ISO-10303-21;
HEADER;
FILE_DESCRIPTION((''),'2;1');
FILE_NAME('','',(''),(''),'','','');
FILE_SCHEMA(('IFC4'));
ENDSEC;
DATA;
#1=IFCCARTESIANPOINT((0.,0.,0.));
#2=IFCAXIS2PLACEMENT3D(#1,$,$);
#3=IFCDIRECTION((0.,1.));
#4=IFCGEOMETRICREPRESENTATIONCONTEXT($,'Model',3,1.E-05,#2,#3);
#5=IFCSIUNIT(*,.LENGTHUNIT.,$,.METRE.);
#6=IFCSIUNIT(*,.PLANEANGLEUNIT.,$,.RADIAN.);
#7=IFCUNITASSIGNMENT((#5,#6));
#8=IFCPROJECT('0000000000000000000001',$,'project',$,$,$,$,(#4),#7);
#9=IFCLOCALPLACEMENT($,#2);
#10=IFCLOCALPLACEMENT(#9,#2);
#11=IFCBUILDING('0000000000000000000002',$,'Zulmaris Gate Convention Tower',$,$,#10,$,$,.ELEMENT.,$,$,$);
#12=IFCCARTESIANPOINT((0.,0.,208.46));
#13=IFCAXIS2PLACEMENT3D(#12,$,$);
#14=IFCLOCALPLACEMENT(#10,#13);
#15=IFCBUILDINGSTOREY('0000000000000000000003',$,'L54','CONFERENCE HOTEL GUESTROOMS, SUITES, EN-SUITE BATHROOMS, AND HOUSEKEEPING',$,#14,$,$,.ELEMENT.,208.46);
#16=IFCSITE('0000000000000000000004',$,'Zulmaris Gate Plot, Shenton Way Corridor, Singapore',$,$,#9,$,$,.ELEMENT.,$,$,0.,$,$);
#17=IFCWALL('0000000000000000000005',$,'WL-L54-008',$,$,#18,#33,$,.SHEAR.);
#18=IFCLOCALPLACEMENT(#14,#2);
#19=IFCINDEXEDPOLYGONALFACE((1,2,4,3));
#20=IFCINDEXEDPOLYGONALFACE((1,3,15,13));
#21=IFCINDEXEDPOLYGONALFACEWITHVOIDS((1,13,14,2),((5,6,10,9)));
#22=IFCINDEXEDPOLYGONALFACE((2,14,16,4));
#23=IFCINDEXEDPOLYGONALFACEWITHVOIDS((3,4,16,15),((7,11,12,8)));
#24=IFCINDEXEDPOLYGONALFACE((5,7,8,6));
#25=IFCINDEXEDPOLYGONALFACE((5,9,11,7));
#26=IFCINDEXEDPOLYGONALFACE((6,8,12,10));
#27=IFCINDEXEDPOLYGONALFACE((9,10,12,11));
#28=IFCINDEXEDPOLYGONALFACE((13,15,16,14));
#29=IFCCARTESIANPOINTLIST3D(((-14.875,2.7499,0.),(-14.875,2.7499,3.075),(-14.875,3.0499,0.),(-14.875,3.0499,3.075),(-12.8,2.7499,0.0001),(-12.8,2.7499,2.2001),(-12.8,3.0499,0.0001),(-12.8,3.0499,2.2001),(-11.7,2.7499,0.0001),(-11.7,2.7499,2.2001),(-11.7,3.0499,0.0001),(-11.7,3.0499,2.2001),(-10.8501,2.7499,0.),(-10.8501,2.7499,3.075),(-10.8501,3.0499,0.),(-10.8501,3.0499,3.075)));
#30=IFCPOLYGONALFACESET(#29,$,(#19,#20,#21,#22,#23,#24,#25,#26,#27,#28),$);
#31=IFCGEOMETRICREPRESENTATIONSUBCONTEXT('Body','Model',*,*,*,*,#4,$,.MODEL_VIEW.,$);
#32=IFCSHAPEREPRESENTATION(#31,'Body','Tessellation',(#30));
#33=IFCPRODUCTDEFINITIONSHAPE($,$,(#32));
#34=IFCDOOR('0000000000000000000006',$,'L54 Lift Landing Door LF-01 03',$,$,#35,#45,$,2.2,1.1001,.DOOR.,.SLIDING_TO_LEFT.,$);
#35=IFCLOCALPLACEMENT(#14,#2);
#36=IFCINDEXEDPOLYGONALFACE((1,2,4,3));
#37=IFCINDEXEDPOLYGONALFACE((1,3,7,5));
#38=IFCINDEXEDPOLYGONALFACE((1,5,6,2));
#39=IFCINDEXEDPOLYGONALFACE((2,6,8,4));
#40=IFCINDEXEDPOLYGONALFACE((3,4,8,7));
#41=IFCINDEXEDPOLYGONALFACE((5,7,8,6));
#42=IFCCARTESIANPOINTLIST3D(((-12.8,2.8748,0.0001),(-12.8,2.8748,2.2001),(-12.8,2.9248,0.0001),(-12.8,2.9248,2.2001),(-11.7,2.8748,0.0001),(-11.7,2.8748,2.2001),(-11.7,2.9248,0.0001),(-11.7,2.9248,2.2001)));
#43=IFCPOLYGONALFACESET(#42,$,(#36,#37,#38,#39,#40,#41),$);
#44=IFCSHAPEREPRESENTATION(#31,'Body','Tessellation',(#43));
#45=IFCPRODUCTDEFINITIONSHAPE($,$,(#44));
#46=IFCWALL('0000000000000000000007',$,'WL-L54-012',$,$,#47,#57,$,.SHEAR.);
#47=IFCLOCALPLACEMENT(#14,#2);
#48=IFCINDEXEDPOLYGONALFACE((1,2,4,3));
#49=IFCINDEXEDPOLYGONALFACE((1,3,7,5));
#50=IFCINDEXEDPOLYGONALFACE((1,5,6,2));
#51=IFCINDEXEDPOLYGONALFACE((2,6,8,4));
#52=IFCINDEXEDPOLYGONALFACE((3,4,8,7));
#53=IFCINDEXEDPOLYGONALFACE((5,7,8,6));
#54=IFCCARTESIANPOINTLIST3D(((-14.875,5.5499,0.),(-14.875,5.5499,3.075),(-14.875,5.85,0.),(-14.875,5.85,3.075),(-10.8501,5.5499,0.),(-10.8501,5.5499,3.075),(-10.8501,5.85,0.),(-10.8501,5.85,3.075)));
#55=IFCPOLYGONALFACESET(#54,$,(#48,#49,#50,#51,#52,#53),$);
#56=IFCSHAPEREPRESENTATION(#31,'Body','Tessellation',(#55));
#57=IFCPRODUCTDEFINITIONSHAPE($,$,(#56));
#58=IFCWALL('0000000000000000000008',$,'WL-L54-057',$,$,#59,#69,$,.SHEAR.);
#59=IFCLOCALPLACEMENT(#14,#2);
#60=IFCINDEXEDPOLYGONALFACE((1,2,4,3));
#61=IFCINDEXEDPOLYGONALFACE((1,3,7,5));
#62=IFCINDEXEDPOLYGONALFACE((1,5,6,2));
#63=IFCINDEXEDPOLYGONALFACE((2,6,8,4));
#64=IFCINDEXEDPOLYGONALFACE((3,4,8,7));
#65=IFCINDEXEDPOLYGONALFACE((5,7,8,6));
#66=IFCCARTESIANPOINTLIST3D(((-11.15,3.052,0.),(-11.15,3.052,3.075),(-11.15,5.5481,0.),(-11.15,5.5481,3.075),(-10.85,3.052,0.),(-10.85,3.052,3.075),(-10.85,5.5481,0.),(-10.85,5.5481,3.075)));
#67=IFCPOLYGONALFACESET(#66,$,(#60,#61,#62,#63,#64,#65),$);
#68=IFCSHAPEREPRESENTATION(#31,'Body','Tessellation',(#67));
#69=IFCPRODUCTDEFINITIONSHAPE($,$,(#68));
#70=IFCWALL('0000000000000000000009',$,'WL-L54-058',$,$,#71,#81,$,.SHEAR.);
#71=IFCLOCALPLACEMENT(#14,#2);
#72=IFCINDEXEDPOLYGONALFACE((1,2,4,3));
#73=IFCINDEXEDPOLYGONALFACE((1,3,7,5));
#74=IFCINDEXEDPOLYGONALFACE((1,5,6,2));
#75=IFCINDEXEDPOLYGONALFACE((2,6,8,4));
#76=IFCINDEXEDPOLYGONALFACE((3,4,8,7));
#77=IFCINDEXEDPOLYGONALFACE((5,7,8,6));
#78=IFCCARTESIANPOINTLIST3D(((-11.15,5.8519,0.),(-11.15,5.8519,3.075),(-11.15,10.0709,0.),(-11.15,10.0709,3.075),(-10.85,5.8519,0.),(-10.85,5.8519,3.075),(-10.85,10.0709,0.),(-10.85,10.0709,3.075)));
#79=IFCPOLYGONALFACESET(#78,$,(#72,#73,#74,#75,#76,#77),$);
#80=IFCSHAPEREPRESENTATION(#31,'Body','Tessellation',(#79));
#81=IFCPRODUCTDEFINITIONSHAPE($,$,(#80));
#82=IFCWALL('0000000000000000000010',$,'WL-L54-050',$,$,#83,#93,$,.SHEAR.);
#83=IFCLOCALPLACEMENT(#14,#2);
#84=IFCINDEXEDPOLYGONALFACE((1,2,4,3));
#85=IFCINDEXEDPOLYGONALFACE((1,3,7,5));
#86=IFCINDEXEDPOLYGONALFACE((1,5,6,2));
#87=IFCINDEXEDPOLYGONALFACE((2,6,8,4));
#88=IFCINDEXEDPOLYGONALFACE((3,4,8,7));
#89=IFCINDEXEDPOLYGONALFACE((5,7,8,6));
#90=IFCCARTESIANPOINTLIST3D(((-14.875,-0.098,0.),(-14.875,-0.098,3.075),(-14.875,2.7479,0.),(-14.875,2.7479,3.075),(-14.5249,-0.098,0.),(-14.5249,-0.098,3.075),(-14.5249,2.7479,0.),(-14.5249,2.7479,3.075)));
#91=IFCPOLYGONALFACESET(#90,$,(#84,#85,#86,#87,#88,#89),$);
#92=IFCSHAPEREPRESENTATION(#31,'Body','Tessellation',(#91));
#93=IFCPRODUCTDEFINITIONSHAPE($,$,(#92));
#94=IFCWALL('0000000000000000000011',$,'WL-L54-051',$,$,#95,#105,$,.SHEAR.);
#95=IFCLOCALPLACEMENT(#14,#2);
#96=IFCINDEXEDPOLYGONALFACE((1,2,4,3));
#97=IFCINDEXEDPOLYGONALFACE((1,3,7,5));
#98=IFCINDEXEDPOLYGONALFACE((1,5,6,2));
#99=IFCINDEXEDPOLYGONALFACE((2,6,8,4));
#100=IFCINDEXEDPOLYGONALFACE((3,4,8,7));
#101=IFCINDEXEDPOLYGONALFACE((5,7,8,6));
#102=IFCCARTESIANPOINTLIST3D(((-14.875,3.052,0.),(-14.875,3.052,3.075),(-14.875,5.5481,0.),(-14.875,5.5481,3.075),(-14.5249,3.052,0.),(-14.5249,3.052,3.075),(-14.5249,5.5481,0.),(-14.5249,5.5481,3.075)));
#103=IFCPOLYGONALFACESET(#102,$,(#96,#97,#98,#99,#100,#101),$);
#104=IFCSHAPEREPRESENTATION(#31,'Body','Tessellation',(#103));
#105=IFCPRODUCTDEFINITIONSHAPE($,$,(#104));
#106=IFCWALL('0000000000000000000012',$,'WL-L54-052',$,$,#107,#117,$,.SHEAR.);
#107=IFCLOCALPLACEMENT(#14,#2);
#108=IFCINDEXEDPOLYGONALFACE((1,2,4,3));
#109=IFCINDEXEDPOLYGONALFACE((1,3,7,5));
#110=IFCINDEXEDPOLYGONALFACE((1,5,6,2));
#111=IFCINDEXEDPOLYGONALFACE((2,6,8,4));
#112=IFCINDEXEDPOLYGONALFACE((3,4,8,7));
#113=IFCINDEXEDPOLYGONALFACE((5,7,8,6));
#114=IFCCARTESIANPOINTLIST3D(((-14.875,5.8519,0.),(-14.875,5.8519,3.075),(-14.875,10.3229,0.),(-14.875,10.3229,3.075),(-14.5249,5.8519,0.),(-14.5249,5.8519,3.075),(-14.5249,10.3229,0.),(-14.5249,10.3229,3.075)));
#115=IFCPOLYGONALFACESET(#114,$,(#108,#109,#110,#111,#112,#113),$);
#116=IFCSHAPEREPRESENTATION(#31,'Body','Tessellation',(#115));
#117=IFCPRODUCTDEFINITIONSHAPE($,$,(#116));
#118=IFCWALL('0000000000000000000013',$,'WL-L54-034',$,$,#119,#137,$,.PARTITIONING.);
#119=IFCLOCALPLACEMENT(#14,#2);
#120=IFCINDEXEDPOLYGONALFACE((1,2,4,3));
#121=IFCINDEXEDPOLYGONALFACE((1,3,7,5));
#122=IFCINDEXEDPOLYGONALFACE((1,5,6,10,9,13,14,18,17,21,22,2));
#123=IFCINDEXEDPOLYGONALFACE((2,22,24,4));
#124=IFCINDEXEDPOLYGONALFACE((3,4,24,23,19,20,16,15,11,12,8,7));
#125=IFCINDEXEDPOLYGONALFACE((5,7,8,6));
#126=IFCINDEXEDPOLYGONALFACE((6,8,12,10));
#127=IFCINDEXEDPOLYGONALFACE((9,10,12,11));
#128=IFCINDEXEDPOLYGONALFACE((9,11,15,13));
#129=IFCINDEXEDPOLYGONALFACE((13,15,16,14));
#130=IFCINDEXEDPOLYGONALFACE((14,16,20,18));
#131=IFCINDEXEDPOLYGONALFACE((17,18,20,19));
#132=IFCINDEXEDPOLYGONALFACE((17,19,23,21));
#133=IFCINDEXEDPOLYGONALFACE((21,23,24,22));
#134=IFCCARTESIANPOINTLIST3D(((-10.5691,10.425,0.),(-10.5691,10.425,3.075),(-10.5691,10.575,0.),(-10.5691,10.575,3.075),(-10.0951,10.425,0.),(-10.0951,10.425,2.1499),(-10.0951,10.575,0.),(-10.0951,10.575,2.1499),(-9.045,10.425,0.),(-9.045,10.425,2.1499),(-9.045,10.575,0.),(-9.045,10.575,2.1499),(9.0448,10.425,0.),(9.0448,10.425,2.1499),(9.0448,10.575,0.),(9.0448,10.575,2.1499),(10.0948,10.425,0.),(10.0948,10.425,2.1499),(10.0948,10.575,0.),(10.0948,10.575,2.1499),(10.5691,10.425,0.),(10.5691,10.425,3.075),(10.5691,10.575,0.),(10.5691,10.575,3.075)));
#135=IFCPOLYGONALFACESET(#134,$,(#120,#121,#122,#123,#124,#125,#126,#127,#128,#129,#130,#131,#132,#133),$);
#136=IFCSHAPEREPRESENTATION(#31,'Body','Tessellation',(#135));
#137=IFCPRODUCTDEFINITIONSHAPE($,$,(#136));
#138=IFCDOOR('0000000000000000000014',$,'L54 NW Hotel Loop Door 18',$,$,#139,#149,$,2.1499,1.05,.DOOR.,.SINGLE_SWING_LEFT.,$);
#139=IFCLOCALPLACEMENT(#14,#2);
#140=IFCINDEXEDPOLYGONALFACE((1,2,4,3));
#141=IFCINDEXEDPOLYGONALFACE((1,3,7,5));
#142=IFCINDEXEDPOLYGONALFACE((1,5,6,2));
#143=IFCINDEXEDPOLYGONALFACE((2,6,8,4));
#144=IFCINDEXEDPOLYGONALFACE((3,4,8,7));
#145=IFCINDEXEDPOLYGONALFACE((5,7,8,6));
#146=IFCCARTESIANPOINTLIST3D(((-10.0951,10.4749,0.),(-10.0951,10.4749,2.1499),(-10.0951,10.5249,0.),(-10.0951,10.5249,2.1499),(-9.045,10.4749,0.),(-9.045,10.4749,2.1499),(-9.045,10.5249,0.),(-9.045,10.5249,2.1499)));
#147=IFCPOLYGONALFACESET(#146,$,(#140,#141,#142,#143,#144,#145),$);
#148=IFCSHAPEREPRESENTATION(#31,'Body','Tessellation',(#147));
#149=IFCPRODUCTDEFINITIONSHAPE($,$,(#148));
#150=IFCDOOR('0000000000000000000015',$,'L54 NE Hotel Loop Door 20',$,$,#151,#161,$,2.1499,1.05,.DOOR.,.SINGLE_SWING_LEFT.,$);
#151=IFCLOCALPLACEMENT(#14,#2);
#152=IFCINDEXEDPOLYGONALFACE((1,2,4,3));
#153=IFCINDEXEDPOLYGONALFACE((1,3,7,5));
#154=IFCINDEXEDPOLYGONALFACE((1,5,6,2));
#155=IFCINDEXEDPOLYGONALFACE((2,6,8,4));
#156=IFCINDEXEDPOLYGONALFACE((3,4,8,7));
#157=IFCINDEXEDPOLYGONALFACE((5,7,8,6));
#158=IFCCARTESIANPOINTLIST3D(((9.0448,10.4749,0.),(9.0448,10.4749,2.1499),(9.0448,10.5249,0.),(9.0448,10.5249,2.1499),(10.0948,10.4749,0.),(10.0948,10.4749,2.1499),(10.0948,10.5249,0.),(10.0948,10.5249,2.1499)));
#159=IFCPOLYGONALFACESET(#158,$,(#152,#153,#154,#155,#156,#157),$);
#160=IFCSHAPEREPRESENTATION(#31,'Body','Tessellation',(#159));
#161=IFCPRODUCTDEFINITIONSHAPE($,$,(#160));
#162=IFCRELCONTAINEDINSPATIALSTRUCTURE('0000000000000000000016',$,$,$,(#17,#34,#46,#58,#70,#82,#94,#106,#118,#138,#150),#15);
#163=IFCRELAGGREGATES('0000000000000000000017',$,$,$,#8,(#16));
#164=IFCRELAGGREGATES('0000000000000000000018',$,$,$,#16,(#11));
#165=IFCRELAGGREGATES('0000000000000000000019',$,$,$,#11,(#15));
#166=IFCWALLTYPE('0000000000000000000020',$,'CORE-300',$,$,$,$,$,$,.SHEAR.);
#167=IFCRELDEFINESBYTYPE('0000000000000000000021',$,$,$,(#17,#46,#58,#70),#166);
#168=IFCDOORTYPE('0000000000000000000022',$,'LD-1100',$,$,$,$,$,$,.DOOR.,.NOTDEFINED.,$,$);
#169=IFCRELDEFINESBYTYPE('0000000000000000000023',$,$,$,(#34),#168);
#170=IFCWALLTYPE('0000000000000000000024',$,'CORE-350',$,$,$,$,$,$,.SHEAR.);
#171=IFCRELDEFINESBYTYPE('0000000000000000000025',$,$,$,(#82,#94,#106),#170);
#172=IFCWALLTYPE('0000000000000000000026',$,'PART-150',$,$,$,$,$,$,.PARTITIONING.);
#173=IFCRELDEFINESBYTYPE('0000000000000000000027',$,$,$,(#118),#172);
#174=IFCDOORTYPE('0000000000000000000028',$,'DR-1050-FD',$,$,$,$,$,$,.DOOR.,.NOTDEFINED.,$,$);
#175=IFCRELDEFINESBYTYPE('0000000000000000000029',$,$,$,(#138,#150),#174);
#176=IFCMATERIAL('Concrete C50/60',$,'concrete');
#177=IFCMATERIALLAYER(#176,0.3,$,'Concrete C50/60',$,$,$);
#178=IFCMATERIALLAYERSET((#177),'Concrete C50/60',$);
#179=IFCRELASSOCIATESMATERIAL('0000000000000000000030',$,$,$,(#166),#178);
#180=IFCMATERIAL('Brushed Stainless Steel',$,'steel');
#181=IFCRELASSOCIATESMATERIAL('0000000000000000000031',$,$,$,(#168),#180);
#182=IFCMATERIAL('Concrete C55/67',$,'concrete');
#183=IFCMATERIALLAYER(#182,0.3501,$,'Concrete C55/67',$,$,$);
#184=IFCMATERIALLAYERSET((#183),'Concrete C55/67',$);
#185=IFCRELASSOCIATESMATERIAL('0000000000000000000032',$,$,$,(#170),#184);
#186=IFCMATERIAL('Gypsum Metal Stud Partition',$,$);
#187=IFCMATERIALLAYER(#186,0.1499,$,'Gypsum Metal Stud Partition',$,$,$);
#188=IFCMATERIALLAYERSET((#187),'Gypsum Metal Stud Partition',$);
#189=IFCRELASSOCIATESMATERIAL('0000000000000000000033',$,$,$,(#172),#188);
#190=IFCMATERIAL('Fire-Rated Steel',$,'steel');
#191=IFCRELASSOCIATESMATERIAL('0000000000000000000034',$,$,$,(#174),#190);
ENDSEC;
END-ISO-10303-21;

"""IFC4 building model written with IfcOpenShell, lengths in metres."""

from ifc_helpers import new_model, si_unit, direction, frame, frame_2d, origin, place, context, subcontext, project, spatial, rectangle, extrude, material, layer, layer_set, type_object, element, fill, save


model = new_model("IFC4")

# Units and contexts
model_context = context("Model", 3, precision=1e-05, world=origin(), true_north=direction((0.0, 1.0)))
body_context = subcontext(model_context, "Body", "Model", "MODEL_VIEW")
ifc_project = project(units=[si_unit("LENGTHUNIT", "METRE"), si_unit("PLANEANGLEUNIT", "RADIAN")], contexts=[model_context])

# Site, building, storey
site_placement = place(None, origin())
site = spatial("IfcSite", under=ifc_project, at=site_placement, Name="Zulmaris Gate Plot, Shenton Way Corridor, Singapore", CompositionType="ELEMENT", RefElevation=0.0)
building_placement = place(site_placement, origin())
building = spatial("IfcBuilding", under=site, at=building_placement, Name="Zulmaris Gate Convention Tower", CompositionType="ELEMENT")
storey_placement = place(building_placement, frame((0.0, 0.0, 208.46)))
storey = spatial("IfcBuildingStorey", under=building, at=storey_placement, Name="L54", Description="CONFERENCE HOTEL GUESTROOMS, SUITES, EN-SUITE BATHROOMS, AND HOUSEKEEPING", CompositionType="ELEMENT", Elevation=208.46)

# Shared definitions
ifc_material_1 = material(Name="Concrete C50/60", Category="concrete")

# Wall, opening, door
ifc_layer_1 = layer(ifc_material_1, 0.3, Name="Concrete C50/60")
ifc_layer_set_1 = layer_set([ifc_layer_1], Name="Concrete C50/60")
wall_type_1 = type_object("IfcWallType", Name="CORE-300", PredefinedType="SHEAR", material=ifc_layer_set_1)
wall_1_placement = place(storey_placement, frame((-14.875, 2.8999, 0.0), z_axis=(0.0, 0.0, 1.0), x_axis=(1.0, 0.0, 0.0)))
wall_1 = element("IfcWall", 1, at=wall_1_placement, inside=storey, type_object=wall_type_1, Name="WL-L54-008", PredefinedType="SHEAR", context=body_context, shape_type="SweptSolid", body=[
    extrude(rectangle(XDim=4.0249, YDim=0.3, at=frame_2d((2.0125, 0.0))), origin(), (0.0, 0.0, 1.0), 3.075),
])
opening_1_placement = place(wall_1_placement, frame((2.075, 0.0, 0.0)))
opening_1 = element("IfcOpeningElement", 2, at=opening_1_placement, cuts=wall_1, PredefinedType="OPENING", context=body_context, shape_type="SweptSolid", body=[
    extrude(rectangle(XDim=1.1001, YDim=2.2, at=frame_2d((0.55, 1.1001))), frame((0.0, 0.1602, 0.0), z_axis=(0.0, -1.0, 0.0), x_axis=(1.0, 0.0, 0.0)), (0.0, 0.0, 1.0), 0.3201),
])
ifc_material_2 = material(Name="Brushed Stainless Steel", Category="steel")
door_type_1 = type_object("IfcDoorType", Name="LD-1100", OperationType="NOTDEFINED", PredefinedType="DOOR", material=ifc_material_2)
door_1_placement = place(opening_1_placement, origin())
door_1 = element("IfcDoor", 3, at=door_1_placement, inside=storey, type_object=door_type_1, Name="L54 Lift Landing Door LF-01 03", OperationType="SLIDING_TO_LEFT", OverallHeight=2.2, OverallWidth=1.1001, PredefinedType="DOOR", context=body_context, shape_type="SweptSolid", body=[
    extrude(rectangle(XDim=1.1001, YDim=2.2, at=frame_2d((0.55, 1.1001))), frame((0.0, 0.0249, 0.0), z_axis=(0.0, -1.0, 0.0), x_axis=(1.0, 0.0, 0.0)), (0.0, 0.0, 1.0), 0.05),
])
fill(opening_1, door_1)

# Wall
wall_2_placement = place(storey_placement, frame((-14.875, 5.7, 0.0), z_axis=(0.0, 0.0, 1.0), x_axis=(1.0, 0.0, 0.0)))
element("IfcWall", 4, at=wall_2_placement, inside=storey, type_object=wall_type_1, Name="WL-L54-012", PredefinedType="SHEAR", context=body_context, shape_type="SweptSolid", body=[
    extrude(rectangle(XDim=4.0249, YDim=0.3, at=frame_2d((2.0125, 0.0))), origin(), (0.0, 0.0, 1.0), 3.075),
])

# Shared definitions
ifc_material_3 = material(Name="Fire-Rated Steel", Category="steel")

# Walls
wall_3_placement = place(storey_placement, frame((-11.0, 3.052, 0.0), z_axis=(0.0, 0.0, 1.0), x_axis=(0.0, 1.0, 0.0)))
element("IfcWall", 5, at=wall_3_placement, inside=storey, type_object=wall_type_1, Name="WL-L54-057", PredefinedType="SHEAR", context=body_context, shape_type="SweptSolid", body=[
    extrude(rectangle(XDim=2.4961, YDim=0.3, at=frame_2d((1.248, 0.0))), origin(), (0.0, 0.0, 1.0), 3.075),
])
wall_4_placement = place(storey_placement, frame((-11.0, 5.8521, 0.0), z_axis=(0.0, 0.0, 1.0), x_axis=(0.0, 1.0, 0.0)))
element("IfcWall", 6, at=wall_4_placement, inside=storey, type_object=wall_type_1, Name="WL-L54-058", PredefinedType="SHEAR", context=body_context, shape_type="SweptSolid", body=[
    extrude(rectangle(XDim=4.219, YDim=0.3, at=frame_2d((2.1094, 0.0))), origin(), (0.0, 0.0, 1.0), 3.075),
])
ifc_material_4 = material(Name="Concrete C55/67", Category="concrete")
ifc_layer_2 = layer(ifc_material_4, 0.3501, Name="Concrete C55/67")
ifc_layer_set_2 = layer_set([ifc_layer_2], Name="Concrete C55/67")
wall_type_2 = type_object("IfcWallType", Name="CORE-350", PredefinedType="SHEAR", material=ifc_layer_set_2)
wall_5_placement = place(storey_placement, frame((-14.7, -0.0979, 0.0), z_axis=(0.0, 0.0, 1.0), x_axis=(0.0, 1.0, 0.0)))
element("IfcWall", 7, at=wall_5_placement, inside=storey, type_object=wall_type_2, Name="WL-L54-050", PredefinedType="SHEAR", context=body_context, shape_type="SweptSolid", body=[
    extrude(rectangle(XDim=2.8459, YDim=0.3501, at=frame_2d((1.4229, 0.0))), origin(), (0.0, 0.0, 1.0), 3.075),
])
wall_6_placement = place(storey_placement, frame((-14.7, 3.052, 0.0), z_axis=(0.0, 0.0, 1.0), x_axis=(0.0, 1.0, 0.0)))
element("IfcWall", 8, at=wall_6_placement, inside=storey, type_object=wall_type_2, Name="WL-L54-051", PredefinedType="SHEAR", context=body_context, shape_type="SweptSolid", body=[
    extrude(rectangle(XDim=2.4961, YDim=0.3501, at=frame_2d((1.248, 0.0))), origin(), (0.0, 0.0, 1.0), 3.075),
])
wall_7_placement = place(storey_placement, frame((-14.7, 5.8521, 0.0), z_axis=(0.0, 0.0, 1.0), x_axis=(0.0, 1.0, 0.0)))
element("IfcWall", 9, at=wall_7_placement, inside=storey, type_object=wall_type_2, Name="WL-L54-052", PredefinedType="SHEAR", context=body_context, shape_type="SweptSolid", body=[
    extrude(rectangle(XDim=4.4709, YDim=0.3501, at=frame_2d((2.2354, 0.0))), origin(), (0.0, 0.0, 1.0), 3.075),
])

# Wall, openings, doors
ifc_material_5 = material(Name="Gypsum Metal Stud Partition")
ifc_layer_3 = layer(ifc_material_5, 0.1499, Name="Gypsum Metal Stud Partition")
ifc_layer_set_3 = layer_set([ifc_layer_3], Name="Gypsum Metal Stud Partition")
wall_type_3 = type_object("IfcWallType", Name="PART-150", PredefinedType="PARTITIONING", material=ifc_layer_set_3)
wall_8_placement = place(storey_placement, frame((-10.5691, 10.5, 0.0), z_axis=(0.0, 0.0, 1.0), x_axis=(1.0, 0.0, 0.0)))
wall_8 = element("IfcWall", 10, at=wall_8_placement, inside=storey, type_object=wall_type_3, Name="WL-L54-034", PredefinedType="PARTITIONING", context=body_context, shape_type="SweptSolid", body=[
    extrude(rectangle(XDim=21.1382, YDim=0.1499, at=frame_2d((10.5691, 0.0))), origin(), (0.0, 0.0, 1.0), 3.075),
])
opening_2_placement = place(wall_8_placement, frame((0.4741, 0.0, 0.0)))
opening_2 = element("IfcOpeningElement", 11, at=opening_2_placement, cuts=wall_8, PredefinedType="OPENING", context=body_context, shape_type="SweptSolid", body=[
    extrude(rectangle(XDim=1.05, YDim=2.1499, at=frame_2d((0.5249, 1.075))), frame((0.0, 0.085, 0.0), z_axis=(0.0, -1.0, 0.0), x_axis=(1.0, 0.0, 0.0)), (0.0, 0.0, 1.0), 0.1699),
])
opening_3_placement = place(wall_8_placement, frame((19.614, 0.0, 0.0)))
opening_3 = element("IfcOpeningElement", 12, at=opening_3_placement, cuts=wall_8, PredefinedType="OPENING", context=body_context, shape_type="SweptSolid", body=[
    extrude(rectangle(XDim=1.05, YDim=2.1499, at=frame_2d((0.5249, 1.075))), frame((0.0, 0.085, 0.0), z_axis=(0.0, -1.0, 0.0), x_axis=(1.0, 0.0, 0.0)), (0.0, 0.0, 1.0), 0.1699),
])
door_type_2 = type_object("IfcDoorType", Name="DR-1050-FD", OperationType="NOTDEFINED", PredefinedType="DOOR", material=ifc_material_3)
door_2_placement = place(opening_2_placement, origin())
door_2 = element("IfcDoor", 13, at=door_2_placement, inside=storey, type_object=door_type_2, Name="L54 NW Hotel Loop Door 18", OperationType="SINGLE_SWING_LEFT", OverallHeight=2.1499, OverallWidth=1.05, PredefinedType="DOOR", context=body_context, shape_type="SweptSolid", body=[
    extrude(rectangle(XDim=1.05, YDim=2.1499, at=frame_2d((0.5249, 1.075))), frame((0.0, 0.0249, 0.0), z_axis=(0.0, -1.0, 0.0), x_axis=(1.0, 0.0, 0.0)), (0.0, 0.0, 1.0), 0.05),
])
fill(opening_2, door_2)
door_3_placement = place(opening_3_placement, origin())
door_3 = element("IfcDoor", 14, at=door_3_placement, inside=storey, type_object=door_type_2, Name="L54 NE Hotel Loop Door 20", OperationType="SINGLE_SWING_LEFT", OverallHeight=2.1499, OverallWidth=1.05, PredefinedType="DOOR", context=body_context, shape_type="SweptSolid", body=[
    extrude(rectangle(XDim=1.05, YDim=2.1499, at=frame_2d((0.5249, 1.075))), frame((0.0, 0.0249, 0.0), z_axis=(0.0, -1.0, 0.0), x_axis=(1.0, 0.0, 0.0)), (0.0, 0.0, 1.0), 0.05),
])
fill(opening_3, door_3)

save(model, "model.ifc")
